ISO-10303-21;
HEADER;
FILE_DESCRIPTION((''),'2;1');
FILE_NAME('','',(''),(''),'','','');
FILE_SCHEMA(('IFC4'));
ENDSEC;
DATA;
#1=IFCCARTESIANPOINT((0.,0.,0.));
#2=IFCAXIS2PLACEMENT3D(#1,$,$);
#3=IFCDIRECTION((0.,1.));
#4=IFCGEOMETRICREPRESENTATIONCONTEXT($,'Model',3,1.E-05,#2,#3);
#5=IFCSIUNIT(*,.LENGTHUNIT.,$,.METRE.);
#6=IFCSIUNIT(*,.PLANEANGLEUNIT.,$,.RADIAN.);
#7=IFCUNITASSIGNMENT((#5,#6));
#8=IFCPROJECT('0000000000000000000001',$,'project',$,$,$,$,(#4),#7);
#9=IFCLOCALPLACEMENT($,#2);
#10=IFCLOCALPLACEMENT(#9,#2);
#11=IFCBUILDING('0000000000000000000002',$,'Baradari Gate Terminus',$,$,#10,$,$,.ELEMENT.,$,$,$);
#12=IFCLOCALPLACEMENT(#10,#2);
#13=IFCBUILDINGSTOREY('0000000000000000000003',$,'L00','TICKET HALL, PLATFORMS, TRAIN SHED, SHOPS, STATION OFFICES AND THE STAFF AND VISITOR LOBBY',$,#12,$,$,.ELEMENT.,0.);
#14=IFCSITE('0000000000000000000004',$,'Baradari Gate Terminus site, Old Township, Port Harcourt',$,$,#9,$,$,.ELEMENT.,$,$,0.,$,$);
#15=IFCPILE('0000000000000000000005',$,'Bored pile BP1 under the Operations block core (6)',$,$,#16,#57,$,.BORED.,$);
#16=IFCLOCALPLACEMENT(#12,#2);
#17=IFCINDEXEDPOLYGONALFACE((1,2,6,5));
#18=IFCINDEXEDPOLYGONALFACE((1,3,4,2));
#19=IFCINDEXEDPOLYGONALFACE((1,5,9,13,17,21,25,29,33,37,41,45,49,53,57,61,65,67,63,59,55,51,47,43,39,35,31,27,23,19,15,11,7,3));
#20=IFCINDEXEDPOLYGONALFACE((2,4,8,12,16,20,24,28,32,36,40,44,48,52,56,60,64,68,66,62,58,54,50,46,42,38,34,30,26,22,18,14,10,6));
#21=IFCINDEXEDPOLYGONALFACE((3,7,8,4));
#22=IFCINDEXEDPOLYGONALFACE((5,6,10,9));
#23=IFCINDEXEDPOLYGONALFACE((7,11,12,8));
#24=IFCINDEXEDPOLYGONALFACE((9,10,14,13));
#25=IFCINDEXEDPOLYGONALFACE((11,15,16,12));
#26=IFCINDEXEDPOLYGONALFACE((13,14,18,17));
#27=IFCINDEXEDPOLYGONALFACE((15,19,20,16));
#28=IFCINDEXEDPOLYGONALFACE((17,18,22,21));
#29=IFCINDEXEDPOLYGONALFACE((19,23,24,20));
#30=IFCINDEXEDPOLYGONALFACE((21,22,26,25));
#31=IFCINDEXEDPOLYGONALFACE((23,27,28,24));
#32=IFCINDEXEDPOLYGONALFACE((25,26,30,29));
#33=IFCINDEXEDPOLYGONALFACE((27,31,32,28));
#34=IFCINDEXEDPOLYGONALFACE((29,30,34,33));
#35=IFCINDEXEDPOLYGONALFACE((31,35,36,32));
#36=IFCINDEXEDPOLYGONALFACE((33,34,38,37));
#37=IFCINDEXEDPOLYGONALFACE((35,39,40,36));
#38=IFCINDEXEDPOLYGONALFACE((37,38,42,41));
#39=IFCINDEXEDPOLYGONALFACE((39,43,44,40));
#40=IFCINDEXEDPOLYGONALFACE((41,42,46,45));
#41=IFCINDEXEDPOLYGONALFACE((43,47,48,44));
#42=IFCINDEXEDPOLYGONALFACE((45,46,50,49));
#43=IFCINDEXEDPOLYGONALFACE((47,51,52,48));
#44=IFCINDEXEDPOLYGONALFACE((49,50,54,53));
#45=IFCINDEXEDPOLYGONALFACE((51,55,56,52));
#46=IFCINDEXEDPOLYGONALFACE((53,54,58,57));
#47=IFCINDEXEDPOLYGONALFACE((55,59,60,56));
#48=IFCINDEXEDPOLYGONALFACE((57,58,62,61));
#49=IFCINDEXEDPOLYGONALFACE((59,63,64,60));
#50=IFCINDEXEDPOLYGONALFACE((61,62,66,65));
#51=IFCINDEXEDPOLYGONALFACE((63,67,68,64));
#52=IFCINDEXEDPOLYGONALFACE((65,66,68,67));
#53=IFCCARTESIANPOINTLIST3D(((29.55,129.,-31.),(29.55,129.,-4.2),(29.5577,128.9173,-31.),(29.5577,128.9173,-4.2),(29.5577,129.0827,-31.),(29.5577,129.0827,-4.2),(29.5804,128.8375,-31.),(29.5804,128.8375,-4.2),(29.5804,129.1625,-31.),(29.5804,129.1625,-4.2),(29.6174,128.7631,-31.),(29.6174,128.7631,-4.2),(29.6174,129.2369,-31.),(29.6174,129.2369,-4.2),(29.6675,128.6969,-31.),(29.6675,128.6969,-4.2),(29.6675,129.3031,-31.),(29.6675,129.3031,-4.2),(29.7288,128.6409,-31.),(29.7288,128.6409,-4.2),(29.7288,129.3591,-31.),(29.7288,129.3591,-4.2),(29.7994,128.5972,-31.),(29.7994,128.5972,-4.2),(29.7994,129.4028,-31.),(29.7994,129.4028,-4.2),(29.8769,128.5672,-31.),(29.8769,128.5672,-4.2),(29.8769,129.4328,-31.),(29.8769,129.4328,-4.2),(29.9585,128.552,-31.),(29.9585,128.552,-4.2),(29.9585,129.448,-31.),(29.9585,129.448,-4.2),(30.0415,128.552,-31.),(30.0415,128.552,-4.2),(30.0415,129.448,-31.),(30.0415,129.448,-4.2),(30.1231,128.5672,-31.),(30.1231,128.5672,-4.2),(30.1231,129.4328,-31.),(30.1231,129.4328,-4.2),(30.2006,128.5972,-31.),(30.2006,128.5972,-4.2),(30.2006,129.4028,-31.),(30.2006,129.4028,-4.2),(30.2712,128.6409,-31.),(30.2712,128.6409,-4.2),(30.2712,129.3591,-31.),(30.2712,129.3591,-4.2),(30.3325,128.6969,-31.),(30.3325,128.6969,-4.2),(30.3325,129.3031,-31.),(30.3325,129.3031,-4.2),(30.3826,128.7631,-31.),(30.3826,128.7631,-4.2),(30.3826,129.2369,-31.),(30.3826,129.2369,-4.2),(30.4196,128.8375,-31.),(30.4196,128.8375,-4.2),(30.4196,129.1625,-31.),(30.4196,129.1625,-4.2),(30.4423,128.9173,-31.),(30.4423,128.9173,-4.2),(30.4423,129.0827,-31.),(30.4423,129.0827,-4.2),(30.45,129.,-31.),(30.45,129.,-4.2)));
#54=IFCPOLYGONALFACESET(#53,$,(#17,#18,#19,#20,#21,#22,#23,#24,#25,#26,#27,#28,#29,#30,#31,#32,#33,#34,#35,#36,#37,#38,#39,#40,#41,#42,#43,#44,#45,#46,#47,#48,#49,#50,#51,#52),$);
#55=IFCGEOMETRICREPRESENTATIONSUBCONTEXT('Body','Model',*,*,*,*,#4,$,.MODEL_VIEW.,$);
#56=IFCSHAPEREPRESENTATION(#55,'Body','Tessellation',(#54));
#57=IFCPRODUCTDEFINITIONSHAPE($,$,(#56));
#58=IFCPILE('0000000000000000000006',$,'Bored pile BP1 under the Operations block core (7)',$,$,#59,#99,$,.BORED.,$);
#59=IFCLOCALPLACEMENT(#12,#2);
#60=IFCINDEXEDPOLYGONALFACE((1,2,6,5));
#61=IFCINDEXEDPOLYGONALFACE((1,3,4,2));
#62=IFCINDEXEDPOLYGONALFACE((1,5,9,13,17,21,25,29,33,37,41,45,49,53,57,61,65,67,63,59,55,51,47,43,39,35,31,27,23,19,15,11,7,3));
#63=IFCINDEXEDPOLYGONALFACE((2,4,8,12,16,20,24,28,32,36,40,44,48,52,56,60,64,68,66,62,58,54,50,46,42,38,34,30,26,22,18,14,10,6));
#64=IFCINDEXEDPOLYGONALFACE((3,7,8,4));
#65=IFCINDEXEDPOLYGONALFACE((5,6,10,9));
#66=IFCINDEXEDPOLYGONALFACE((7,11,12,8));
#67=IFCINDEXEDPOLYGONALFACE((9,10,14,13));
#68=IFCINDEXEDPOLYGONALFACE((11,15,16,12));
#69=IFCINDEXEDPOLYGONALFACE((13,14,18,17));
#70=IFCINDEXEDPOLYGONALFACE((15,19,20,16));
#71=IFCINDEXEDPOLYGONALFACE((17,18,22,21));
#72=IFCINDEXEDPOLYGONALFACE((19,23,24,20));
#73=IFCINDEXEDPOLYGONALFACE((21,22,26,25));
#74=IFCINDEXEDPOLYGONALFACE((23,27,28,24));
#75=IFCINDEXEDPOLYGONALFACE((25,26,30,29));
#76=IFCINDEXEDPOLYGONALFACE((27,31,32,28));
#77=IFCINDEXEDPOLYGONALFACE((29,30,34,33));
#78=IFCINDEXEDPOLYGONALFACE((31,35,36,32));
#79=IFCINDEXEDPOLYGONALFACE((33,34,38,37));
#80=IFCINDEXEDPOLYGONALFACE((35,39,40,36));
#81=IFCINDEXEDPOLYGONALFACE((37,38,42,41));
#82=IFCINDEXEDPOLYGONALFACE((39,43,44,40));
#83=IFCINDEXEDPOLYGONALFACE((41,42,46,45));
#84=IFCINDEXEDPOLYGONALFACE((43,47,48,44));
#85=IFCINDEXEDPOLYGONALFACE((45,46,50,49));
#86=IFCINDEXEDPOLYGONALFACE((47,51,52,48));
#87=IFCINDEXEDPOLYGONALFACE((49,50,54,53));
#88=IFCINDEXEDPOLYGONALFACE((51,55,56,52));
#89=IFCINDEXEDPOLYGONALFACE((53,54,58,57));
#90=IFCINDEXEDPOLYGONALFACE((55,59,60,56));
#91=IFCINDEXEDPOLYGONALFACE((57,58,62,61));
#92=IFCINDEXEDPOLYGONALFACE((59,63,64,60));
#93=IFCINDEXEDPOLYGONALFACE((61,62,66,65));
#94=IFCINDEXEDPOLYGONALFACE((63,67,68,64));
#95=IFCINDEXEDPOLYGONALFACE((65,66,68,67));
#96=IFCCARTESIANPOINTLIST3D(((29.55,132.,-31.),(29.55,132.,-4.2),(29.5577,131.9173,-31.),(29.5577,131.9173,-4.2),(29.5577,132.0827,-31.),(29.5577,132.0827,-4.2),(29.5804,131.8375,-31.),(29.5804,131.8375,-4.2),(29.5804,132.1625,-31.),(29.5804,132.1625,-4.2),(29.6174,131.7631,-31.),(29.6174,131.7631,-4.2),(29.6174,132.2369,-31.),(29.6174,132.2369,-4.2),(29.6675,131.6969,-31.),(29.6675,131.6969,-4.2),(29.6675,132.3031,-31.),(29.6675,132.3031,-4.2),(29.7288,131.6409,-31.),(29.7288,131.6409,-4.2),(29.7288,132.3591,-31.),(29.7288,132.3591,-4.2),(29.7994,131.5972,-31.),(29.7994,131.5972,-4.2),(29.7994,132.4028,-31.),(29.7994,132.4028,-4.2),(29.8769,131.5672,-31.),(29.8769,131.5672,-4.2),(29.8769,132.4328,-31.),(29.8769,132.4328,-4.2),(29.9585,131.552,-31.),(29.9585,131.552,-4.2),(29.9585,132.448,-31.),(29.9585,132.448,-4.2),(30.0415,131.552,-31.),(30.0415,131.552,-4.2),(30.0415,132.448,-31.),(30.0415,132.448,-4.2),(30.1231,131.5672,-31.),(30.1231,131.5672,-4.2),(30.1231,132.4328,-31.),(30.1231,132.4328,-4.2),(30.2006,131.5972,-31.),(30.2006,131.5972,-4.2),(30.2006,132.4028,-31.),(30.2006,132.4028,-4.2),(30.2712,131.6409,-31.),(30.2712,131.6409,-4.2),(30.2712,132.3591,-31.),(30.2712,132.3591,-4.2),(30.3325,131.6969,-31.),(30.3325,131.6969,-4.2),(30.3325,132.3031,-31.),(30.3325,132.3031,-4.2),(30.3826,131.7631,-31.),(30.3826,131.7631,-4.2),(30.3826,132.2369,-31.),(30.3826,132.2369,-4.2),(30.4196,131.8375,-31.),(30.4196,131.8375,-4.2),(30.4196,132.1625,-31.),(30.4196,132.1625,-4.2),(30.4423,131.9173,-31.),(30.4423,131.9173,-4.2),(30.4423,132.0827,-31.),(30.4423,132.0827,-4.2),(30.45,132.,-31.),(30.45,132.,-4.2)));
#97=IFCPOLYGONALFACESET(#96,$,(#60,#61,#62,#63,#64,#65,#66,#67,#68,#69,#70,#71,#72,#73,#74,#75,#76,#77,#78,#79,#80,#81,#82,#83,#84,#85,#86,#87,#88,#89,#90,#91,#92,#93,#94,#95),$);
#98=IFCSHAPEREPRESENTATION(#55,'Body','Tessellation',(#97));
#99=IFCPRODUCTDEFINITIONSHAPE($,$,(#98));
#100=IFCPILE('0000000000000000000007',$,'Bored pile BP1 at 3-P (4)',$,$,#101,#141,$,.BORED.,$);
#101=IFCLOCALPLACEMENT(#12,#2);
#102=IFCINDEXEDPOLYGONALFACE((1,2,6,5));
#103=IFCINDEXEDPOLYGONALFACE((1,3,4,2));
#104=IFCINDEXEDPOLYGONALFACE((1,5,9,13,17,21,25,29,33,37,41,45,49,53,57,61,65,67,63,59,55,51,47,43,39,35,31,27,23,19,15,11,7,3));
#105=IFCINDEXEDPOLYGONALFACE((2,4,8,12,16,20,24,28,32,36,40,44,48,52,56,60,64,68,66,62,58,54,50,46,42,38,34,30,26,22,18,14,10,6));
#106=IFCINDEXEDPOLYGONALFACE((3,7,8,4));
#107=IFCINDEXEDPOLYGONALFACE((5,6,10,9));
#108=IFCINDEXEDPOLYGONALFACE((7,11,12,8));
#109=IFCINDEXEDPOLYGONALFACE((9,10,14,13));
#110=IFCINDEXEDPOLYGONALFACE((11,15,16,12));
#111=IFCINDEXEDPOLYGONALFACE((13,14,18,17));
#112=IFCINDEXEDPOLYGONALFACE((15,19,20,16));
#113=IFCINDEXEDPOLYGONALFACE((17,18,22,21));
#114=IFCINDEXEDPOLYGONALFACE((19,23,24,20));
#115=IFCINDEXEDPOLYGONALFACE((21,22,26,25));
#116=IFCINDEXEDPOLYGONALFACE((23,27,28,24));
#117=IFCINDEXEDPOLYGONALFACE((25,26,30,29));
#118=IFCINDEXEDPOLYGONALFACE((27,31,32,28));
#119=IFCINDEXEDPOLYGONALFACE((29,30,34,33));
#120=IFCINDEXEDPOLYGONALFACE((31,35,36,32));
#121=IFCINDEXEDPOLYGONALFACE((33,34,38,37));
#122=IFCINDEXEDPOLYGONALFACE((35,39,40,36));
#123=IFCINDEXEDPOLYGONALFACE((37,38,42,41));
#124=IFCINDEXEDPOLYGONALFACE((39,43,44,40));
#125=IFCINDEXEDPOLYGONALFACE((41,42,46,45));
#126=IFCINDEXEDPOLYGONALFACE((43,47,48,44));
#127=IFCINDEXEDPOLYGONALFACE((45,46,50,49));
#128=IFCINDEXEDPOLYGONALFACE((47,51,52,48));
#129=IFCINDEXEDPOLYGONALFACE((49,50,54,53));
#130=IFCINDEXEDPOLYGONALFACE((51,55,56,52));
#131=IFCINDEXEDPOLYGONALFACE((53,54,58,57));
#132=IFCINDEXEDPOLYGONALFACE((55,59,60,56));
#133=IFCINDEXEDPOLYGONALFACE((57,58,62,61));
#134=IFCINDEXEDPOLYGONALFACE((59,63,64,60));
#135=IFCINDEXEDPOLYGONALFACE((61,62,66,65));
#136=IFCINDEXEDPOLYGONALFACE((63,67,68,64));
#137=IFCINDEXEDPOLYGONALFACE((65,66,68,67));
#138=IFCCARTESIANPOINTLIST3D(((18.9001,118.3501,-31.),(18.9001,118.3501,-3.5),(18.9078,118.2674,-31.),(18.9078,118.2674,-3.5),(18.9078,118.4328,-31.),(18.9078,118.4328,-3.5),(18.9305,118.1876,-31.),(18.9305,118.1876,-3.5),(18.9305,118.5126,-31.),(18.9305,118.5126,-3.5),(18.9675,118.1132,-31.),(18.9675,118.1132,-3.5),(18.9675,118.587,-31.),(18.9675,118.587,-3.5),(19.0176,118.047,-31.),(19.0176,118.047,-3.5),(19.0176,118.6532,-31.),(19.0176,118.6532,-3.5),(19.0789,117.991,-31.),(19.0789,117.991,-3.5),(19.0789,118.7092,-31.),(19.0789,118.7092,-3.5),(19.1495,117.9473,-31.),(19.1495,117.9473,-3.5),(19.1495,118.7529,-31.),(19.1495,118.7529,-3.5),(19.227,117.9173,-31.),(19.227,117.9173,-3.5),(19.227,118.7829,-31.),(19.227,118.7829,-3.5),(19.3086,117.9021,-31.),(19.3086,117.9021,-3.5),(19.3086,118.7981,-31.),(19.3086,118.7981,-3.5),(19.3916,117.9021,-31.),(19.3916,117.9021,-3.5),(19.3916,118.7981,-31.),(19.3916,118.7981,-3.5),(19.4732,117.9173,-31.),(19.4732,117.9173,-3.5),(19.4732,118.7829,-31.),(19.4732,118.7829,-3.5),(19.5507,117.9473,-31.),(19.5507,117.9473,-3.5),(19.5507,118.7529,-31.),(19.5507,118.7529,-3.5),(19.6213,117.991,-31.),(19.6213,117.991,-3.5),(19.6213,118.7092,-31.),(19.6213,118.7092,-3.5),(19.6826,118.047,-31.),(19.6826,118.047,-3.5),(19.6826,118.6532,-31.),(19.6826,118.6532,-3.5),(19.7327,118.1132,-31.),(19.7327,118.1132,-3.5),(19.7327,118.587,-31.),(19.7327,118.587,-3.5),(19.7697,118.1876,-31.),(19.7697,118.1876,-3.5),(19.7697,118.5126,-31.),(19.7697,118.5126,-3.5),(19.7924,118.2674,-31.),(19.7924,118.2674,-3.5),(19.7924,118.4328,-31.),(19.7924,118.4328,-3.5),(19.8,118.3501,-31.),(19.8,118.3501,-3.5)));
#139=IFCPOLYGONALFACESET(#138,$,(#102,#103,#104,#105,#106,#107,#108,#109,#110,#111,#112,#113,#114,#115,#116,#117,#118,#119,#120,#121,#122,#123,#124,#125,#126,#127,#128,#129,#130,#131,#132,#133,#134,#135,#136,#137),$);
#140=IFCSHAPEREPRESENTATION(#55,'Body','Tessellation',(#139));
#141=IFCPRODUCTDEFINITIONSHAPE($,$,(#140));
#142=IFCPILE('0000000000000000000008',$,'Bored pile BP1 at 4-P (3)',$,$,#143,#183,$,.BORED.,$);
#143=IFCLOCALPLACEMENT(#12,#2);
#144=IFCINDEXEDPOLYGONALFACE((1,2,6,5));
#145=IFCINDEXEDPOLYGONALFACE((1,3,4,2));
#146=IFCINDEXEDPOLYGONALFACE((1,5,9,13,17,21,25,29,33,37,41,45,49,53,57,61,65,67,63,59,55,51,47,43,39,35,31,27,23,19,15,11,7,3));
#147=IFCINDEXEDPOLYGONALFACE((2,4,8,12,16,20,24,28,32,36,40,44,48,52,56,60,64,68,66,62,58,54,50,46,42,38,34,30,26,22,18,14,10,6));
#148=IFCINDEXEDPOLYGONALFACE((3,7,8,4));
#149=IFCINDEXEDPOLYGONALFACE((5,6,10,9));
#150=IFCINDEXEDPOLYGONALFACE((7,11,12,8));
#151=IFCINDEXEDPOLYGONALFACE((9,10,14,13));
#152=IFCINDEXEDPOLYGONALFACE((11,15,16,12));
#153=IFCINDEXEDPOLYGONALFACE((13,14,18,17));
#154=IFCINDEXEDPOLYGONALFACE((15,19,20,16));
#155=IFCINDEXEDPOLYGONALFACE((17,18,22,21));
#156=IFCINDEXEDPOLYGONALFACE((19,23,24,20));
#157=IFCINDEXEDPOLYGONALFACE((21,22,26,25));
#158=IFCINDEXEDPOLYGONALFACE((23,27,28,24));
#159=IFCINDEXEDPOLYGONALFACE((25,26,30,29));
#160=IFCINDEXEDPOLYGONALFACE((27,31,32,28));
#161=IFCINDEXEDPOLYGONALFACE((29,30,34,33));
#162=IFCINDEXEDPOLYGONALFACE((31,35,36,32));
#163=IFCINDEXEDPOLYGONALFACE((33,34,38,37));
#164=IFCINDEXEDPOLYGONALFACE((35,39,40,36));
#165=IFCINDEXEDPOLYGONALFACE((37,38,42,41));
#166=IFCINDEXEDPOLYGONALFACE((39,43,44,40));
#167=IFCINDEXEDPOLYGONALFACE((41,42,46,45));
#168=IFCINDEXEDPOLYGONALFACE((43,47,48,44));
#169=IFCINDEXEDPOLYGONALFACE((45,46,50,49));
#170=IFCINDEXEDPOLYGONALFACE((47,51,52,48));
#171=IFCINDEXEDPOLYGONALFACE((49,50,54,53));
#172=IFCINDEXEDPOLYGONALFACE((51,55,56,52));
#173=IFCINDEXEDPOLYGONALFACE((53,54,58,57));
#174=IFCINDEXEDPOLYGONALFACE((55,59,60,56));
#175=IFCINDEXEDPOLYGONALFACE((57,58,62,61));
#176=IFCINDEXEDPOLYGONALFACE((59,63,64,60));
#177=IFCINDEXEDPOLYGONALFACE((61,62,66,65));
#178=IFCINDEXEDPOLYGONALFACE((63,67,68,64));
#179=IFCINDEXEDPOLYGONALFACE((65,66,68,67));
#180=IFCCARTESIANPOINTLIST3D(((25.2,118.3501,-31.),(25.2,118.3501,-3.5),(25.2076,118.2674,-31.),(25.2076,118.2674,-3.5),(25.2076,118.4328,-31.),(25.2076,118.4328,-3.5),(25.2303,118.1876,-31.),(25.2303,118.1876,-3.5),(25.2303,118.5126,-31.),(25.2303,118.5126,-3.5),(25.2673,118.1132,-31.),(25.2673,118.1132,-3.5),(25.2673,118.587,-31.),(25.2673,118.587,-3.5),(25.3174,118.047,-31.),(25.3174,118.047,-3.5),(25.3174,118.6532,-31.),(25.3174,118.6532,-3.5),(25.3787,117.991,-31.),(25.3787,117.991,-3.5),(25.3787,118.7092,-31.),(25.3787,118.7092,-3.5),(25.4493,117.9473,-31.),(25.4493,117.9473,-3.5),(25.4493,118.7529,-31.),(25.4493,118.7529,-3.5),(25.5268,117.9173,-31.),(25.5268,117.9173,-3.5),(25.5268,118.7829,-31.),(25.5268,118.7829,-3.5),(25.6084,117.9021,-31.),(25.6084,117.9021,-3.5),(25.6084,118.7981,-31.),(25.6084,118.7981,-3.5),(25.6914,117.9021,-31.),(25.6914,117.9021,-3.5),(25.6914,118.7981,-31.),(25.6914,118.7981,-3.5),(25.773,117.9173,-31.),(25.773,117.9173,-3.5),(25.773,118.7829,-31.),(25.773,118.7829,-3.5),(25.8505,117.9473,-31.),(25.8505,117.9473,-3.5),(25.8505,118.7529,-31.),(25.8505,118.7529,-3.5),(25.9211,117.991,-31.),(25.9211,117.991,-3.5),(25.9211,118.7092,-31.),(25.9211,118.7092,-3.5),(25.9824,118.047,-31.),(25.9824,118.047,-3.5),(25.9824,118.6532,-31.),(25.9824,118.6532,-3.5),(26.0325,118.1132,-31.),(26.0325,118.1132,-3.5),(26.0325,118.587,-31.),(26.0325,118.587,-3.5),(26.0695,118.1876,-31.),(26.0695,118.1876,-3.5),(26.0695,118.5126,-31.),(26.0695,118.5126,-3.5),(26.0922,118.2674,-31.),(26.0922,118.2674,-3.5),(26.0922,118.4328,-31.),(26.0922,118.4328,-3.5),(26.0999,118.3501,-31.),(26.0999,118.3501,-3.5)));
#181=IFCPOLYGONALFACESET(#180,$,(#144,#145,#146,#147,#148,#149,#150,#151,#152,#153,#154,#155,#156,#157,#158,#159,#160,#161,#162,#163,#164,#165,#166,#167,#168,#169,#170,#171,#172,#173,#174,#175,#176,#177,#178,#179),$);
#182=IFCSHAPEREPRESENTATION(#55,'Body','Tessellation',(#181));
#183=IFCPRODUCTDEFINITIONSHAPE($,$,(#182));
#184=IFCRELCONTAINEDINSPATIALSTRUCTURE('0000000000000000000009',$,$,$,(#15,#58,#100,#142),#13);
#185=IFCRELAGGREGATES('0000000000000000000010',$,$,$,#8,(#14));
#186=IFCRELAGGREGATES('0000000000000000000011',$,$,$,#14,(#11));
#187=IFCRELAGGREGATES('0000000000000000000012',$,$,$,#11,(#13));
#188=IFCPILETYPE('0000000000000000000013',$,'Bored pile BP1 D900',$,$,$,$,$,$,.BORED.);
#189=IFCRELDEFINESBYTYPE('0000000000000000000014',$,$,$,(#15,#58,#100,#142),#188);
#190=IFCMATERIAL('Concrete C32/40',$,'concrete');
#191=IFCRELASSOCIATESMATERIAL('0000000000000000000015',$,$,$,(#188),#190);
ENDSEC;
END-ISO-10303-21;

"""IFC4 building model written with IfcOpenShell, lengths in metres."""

from ifc_helpers import new_model, si_unit, direction, frame, origin, origin_2d, place, context, subcontext, project, spatial, circle, extrude, material, type_object, element, save


model = new_model("IFC4")

# Units and contexts
model_context = context("Model", 3, precision=1e-05, world=origin(), true_north=direction((0.0, 1.0)))
body_context = subcontext(model_context, "Body", "Model", "MODEL_VIEW")
ifc_project = project(units=[si_unit("LENGTHUNIT", "METRE"), si_unit("PLANEANGLEUNIT", "RADIAN")], contexts=[model_context])

# Site, building, storey
site_placement = place(None, origin())
site = spatial("IfcSite", under=ifc_project, at=site_placement, Name="Baradari Gate Terminus site, Old Township, Port Harcourt", CompositionType="ELEMENT", RefElevation=0.0)
building_placement = place(site_placement, origin())
building = spatial("IfcBuilding", under=site, at=building_placement, Name="Baradari Gate Terminus", CompositionType="ELEMENT")
storey_placement = place(building_placement, origin())
storey = spatial("IfcBuildingStorey", under=building, at=storey_placement, Name="L00", Description="TICKET HALL, PLATFORMS, TRAIN SHED, SHOPS, STATION OFFICES AND THE STAFF AND VISITOR LOBBY", CompositionType="ELEMENT", Elevation=0.0)

# Piles
ifc_material_1 = material(Name="Concrete C32/40", Category="concrete")
pile_type_1 = type_object("IfcPileType", Name="Bored pile BP1 D900", PredefinedType="BORED", material=ifc_material_1)
for number, where, z_axis, x_axis, name in (
    (1, (30.0, 129.0, -4.2), (0.0, 0.0, -1.0), (1.0, 0.0, 0.0), "Bored pile BP1 under the Operations block core (6)"),
    (2, (30.0, 132.0, -4.2), (0.0, 0.0, -1.0), (1.0, 0.0, 0.0), "Bored pile BP1 under the Operations block core (7)"),
):
    element("IfcPile", number, at=place(storey_placement, frame(where, z_axis=z_axis, x_axis=x_axis)), inside=storey, type_object=pile_type_1, Name=name, PredefinedType="BORED", context=body_context, shape_type="SweptSolid", body=[
        extrude(circle(Radius=0.45, at=origin_2d()), origin(), (0.0, 0.0, 1.0), 26.8),
    ])
for number, where, z_axis, x_axis, name in (
    (3, (19.3501, 118.3501, -3.5), (0.0, 0.0, -1.0), (1.0, 0.0, 0.0), "Bored pile BP1 at 3-P (4)"),
    (4, (25.6499, 118.3501, -3.5), (0.0, 0.0, -1.0), (1.0, 0.0, 0.0), "Bored pile BP1 at 4-P (3)"),
):
    element("IfcPile", number, at=place(storey_placement, frame(where, z_axis=z_axis, x_axis=x_axis)), inside=storey, type_object=pile_type_1, Name=name, PredefinedType="BORED", context=body_context, shape_type="SweptSolid", body=[
        extrude(circle(Radius=0.45, at=origin_2d()), origin(), (0.0, 0.0, 1.0), 27.5),
    ])

save(model, "model.ifc")
